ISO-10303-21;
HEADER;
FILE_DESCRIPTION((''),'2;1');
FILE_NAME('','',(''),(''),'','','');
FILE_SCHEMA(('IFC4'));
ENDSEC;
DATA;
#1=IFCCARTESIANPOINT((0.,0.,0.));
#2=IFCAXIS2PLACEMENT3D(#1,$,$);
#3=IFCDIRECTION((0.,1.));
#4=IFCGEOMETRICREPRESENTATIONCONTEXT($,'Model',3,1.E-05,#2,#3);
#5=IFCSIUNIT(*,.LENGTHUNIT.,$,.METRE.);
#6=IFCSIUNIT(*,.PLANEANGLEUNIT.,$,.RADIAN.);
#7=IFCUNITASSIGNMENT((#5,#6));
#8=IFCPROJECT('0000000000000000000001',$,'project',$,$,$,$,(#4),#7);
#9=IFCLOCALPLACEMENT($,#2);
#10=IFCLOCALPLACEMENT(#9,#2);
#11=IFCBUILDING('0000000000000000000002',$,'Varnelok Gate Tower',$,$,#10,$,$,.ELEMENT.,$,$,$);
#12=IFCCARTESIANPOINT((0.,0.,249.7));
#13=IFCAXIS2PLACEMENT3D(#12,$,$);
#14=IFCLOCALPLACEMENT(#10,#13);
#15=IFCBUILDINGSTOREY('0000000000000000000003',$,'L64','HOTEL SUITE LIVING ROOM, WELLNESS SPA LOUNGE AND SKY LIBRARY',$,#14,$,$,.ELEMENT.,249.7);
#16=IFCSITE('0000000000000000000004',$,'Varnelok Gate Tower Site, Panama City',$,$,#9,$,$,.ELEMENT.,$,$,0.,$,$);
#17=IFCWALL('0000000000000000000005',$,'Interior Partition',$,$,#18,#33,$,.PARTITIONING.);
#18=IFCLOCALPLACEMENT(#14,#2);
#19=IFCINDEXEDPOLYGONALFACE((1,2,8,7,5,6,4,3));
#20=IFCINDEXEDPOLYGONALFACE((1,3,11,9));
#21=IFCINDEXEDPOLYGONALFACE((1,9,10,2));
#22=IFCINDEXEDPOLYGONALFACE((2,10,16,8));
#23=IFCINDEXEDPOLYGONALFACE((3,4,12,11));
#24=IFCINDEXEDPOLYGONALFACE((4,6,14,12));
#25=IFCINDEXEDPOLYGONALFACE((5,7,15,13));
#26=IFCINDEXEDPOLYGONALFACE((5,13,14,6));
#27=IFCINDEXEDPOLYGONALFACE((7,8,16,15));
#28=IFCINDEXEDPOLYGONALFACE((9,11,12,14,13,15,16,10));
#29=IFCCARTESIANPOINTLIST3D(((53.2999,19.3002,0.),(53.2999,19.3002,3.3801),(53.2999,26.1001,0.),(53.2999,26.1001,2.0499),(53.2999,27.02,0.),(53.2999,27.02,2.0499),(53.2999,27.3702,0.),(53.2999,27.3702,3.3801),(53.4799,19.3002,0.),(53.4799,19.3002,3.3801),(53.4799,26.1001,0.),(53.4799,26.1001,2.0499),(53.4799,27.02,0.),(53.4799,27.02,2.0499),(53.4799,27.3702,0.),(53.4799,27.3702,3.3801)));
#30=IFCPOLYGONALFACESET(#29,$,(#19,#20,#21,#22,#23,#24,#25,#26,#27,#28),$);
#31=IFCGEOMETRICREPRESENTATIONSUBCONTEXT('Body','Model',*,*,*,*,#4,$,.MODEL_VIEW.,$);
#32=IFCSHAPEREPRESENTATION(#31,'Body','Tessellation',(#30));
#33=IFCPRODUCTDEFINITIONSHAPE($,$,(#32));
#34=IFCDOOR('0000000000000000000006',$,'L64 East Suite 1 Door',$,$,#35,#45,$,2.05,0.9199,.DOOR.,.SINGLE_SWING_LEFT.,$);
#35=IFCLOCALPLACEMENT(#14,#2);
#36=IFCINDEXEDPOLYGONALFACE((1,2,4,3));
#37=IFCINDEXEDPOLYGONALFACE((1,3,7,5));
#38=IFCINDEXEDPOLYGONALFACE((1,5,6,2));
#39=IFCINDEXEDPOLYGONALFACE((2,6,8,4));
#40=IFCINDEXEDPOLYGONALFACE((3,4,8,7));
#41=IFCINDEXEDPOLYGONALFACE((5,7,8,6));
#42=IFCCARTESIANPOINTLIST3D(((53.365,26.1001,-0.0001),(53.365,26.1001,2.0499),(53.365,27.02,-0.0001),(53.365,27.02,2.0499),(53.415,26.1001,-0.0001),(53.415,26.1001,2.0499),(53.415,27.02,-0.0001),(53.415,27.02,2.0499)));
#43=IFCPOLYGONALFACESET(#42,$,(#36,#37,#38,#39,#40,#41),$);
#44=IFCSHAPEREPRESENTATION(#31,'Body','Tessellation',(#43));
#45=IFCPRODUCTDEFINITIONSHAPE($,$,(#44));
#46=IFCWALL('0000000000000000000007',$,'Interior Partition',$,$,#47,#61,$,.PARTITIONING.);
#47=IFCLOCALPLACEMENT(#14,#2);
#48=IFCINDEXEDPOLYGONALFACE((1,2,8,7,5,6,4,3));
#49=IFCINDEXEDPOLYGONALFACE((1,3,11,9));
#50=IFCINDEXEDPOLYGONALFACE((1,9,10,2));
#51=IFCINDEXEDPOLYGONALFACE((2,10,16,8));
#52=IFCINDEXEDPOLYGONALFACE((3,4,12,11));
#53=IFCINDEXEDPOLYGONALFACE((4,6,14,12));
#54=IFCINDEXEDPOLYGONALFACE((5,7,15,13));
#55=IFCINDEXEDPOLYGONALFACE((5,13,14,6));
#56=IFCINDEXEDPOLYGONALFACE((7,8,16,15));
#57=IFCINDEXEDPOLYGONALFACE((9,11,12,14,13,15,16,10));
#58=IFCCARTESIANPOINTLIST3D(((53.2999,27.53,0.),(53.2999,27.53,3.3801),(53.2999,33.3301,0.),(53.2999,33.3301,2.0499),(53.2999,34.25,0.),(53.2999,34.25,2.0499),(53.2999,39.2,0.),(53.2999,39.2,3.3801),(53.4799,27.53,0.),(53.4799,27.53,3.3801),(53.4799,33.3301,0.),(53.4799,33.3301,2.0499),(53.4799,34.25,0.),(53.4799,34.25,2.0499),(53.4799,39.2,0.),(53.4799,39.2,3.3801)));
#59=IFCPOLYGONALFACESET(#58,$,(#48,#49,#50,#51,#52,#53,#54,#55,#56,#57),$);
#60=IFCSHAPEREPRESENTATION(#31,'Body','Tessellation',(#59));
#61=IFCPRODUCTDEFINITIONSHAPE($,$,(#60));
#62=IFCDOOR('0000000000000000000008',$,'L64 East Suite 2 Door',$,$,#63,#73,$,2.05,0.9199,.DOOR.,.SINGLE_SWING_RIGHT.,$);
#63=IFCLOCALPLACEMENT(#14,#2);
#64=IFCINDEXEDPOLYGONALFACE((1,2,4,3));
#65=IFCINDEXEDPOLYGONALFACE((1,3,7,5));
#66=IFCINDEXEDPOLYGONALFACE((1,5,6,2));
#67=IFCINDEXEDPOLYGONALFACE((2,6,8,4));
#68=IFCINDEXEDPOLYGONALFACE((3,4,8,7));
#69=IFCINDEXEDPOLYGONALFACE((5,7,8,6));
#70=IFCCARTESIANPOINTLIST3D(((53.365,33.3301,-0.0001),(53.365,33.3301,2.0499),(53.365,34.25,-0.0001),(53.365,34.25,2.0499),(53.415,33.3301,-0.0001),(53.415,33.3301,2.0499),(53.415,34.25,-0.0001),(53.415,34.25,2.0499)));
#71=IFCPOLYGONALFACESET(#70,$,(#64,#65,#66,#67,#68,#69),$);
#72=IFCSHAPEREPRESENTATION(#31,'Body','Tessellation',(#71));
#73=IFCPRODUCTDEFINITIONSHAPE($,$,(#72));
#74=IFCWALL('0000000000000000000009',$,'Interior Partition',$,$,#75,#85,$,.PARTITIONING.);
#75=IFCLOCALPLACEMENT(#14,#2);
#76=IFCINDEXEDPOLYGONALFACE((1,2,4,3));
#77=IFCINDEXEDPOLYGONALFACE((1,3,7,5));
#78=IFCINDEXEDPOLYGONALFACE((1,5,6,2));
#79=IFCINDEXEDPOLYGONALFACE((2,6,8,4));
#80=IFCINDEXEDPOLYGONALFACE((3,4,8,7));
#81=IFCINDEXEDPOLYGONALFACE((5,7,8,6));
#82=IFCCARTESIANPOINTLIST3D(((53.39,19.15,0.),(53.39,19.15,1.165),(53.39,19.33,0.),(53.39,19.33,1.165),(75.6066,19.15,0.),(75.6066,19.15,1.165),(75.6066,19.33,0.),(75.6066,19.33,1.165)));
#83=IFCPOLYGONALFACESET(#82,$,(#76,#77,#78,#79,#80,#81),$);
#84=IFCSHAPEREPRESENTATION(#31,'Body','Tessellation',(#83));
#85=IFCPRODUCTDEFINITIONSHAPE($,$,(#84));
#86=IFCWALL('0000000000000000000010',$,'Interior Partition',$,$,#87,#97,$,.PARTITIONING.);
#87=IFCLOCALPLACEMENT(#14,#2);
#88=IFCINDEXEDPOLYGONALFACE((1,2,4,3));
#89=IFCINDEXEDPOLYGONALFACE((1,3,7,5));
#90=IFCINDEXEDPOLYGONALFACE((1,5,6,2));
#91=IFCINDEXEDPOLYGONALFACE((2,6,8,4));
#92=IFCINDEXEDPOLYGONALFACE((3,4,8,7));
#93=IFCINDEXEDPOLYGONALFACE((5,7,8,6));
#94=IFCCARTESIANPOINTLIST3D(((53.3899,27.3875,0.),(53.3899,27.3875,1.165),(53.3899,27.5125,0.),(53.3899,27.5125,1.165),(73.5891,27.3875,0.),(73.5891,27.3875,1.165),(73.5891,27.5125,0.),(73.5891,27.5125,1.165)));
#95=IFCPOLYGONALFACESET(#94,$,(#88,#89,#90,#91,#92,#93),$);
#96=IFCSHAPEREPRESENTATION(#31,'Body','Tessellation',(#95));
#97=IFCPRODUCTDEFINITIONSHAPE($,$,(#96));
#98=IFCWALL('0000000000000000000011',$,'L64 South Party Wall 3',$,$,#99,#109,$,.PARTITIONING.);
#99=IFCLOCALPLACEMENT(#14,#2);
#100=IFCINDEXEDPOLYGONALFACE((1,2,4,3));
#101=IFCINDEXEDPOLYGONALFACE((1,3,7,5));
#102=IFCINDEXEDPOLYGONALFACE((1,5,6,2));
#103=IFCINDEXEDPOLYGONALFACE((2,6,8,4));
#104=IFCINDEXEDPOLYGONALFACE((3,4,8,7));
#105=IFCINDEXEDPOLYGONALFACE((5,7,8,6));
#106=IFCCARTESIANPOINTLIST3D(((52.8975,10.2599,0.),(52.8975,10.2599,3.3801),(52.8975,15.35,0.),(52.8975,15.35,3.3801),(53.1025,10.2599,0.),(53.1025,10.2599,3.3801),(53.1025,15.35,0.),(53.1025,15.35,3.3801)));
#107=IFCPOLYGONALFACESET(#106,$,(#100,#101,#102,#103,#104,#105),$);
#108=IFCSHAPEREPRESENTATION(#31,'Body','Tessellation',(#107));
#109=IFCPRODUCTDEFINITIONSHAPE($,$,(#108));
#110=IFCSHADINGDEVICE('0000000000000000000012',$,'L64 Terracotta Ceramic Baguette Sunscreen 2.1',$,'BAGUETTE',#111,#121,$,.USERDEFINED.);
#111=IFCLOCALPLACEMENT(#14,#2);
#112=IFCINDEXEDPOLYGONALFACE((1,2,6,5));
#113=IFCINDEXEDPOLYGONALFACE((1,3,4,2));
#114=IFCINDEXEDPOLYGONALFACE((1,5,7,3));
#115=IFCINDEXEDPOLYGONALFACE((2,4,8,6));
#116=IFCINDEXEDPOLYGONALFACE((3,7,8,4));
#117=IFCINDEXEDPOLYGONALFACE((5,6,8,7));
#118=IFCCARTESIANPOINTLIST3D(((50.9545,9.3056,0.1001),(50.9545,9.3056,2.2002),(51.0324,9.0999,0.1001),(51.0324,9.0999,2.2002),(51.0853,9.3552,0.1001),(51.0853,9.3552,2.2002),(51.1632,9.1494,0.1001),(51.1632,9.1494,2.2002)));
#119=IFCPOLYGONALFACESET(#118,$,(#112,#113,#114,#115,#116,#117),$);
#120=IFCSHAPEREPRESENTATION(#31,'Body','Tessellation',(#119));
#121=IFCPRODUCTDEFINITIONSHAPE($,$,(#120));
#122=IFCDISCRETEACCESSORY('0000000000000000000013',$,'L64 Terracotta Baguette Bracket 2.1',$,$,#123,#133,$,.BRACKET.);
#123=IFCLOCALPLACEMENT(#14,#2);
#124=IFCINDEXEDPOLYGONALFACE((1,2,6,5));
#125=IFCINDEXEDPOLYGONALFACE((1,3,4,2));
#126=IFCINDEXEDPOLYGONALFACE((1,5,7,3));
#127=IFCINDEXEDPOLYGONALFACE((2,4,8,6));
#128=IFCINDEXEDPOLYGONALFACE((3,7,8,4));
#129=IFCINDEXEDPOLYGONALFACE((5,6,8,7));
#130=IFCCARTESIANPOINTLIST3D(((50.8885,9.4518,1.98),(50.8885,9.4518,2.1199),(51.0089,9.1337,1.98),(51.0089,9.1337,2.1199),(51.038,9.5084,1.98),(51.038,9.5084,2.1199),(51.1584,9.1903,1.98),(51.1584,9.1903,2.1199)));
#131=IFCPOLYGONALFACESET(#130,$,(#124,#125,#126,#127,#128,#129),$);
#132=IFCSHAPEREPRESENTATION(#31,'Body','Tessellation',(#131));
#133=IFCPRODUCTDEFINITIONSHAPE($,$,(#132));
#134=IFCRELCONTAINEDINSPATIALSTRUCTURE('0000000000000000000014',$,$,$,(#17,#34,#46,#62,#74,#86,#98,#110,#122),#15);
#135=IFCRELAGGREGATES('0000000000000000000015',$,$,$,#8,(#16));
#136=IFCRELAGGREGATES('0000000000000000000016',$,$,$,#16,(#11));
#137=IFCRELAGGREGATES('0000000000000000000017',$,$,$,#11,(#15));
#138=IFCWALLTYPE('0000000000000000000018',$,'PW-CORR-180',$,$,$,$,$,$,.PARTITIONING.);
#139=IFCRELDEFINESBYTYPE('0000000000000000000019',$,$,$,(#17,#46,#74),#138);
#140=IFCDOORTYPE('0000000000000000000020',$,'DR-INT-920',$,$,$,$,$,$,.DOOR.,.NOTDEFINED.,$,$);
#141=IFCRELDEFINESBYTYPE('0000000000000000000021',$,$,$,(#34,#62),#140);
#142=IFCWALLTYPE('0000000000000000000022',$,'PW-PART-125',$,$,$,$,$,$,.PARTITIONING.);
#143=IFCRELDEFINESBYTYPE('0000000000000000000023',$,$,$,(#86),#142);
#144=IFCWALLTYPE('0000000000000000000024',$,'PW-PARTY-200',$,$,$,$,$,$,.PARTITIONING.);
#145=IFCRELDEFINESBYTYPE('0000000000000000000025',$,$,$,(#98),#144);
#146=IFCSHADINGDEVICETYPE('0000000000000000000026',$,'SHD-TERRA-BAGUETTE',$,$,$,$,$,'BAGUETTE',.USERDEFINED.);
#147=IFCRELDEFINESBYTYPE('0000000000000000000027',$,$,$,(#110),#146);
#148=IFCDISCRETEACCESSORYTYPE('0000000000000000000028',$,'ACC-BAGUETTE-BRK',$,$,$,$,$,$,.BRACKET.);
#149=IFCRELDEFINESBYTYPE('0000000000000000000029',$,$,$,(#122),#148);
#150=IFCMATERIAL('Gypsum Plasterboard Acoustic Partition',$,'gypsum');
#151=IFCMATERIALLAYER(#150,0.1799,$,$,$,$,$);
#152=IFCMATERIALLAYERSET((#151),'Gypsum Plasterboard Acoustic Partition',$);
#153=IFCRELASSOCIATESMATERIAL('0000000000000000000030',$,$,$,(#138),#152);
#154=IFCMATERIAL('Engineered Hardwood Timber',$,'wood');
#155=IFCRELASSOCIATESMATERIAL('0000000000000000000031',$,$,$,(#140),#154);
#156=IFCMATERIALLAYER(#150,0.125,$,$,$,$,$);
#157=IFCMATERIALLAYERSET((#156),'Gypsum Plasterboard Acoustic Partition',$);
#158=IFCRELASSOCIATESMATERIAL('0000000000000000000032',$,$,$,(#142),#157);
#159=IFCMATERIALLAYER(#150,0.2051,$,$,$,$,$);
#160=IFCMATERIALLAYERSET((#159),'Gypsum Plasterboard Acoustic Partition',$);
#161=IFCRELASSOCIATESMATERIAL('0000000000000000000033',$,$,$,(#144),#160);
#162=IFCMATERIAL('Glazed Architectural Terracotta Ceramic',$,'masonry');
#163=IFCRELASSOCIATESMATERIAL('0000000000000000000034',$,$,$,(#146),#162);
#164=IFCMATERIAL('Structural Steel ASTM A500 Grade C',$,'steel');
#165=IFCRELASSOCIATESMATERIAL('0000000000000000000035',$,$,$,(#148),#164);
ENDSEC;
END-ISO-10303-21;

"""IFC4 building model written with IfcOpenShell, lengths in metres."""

from ifc_helpers import new_model, si_unit, direction, frame, frame_2d, origin, origin_2d, place, context, subcontext, project, spatial, rectangle, extrude, source, transform, mapped, material, layer, layer_set, type_object, element, fill, save


model = new_model("IFC4")

# Units and contexts
model_context = context("Model", 3, precision=1e-05, world=origin(), true_north=direction((0.0, 1.0)))
body_context = subcontext(model_context, "Body", "Model", "MODEL_VIEW")
ifc_project = project(units=[si_unit("LENGTHUNIT", "METRE"), si_unit("PLANEANGLEUNIT", "RADIAN")], contexts=[model_context])

# Site, building, storey
site_placement = place(None, origin())
site = spatial("IfcSite", under=ifc_project, at=site_placement, Name="Varnelok Gate Tower Site, Panama City", CompositionType="ELEMENT", RefElevation=0.0)
building_placement = place(site_placement, origin())
building = spatial("IfcBuilding", under=site, at=building_placement, Name="Varnelok Gate Tower", CompositionType="ELEMENT")
storey_placement = place(building_placement, frame((0.0, 0.0, 249.7)))
storey = spatial("IfcBuildingStorey", under=building, at=storey_placement, Name="L64", Description="HOTEL SUITE LIVING ROOM, WELLNESS SPA LOUNGE AND SKY LIBRARY", CompositionType="ELEMENT", Elevation=249.7)

# Walls, openings, doors
ifc_material_1 = material(Name="Gypsum Plasterboard Acoustic Partition", Category="gypsum")
ifc_layer_1 = layer(ifc_material_1, 0.1799)
ifc_layer_set_1 = layer_set([ifc_layer_1], Name="Gypsum Plasterboard Acoustic Partition")
wall_type_1 = type_object("IfcWallType", Name="PW-CORR-180", PredefinedType="PARTITIONING", material=ifc_layer_set_1)
ifc_material_2 = material(Name="Engineered Hardwood Timber", Category="wood")
wall_1_placement = place(storey_placement, frame((53.3899, 19.3, 0.0), z_axis=(0.0, 0.0, 1.0), x_axis=(0.0, 1.0, 0.0)))
wall_1 = element("IfcWall", 1, at=wall_1_placement, inside=storey, type_object=wall_type_1, Name="Interior Partition", PredefinedType="PARTITIONING", context=body_context, shape_type="SweptSolid", body=[
    extrude(rectangle(XDim=8.0701, YDim=0.1799, at=frame_2d((4.0352, 0.0))), origin(), (0.0, 0.0, 1.0), 3.3801),
])
opening_1_placement = place(wall_1_placement, frame((6.8, 0.0, 0.0)))
opening_1 = element("IfcOpeningElement", 2, at=opening_1_placement, cuts=wall_1, PredefinedType="OPENING", context=body_context, shape_type="SweptSolid", body=[
    extrude(rectangle(XDim=0.9199, YDim=2.05, at=frame_2d((0.46, 1.0249))), frame((0.0, 0.0999, 0.0), z_axis=(0.0, -1.0, 0.0), x_axis=(1.0, 0.0, 0.0)), (0.0, 0.0, 1.0), 0.2),
])
door_type_1 = type_object("IfcDoorType", Name="DR-INT-920", OperationType="NOTDEFINED", PredefinedType="DOOR", material=ifc_material_2)
door_1_placement = place(opening_1_placement, origin())
door_1 = element("IfcDoor", 3, at=door_1_placement, inside=storey, type_object=door_type_1, Name="L64 East Suite 1 Door", OperationType="SINGLE_SWING_LEFT", OverallHeight=2.05, OverallWidth=0.9199, PredefinedType="DOOR", context=body_context, shape_type="SweptSolid", body=[
    extrude(rectangle(XDim=0.9199, YDim=2.05, at=frame_2d((0.46, 1.0249))), frame((0.0, 0.0249, 0.0), z_axis=(0.0, -1.0, 0.0), x_axis=(1.0, 0.0, 0.0)), (0.0, 0.0, 1.0), 0.05),
])
fill(opening_1, door_1)
wall_2_placement = place(storey_placement, frame((53.3899, 27.53, 0.0), z_axis=(0.0, 0.0, 1.0), x_axis=(0.0, 1.0, 0.0)))
wall_2 = element("IfcWall", 4, at=wall_2_placement, inside=storey, type_object=wall_type_1, Name="Interior Partition", PredefinedType="PARTITIONING", context=body_context, shape_type="SweptSolid", body=[
    extrude(rectangle(XDim=11.6699, YDim=0.1799, at=frame_2d((5.835, 0.0))), origin(), (0.0, 0.0, 1.0), 3.3801),
])
opening_2_placement = place(wall_2_placement, frame((5.8, 0.0, 0.0)))
opening_2 = element("IfcOpeningElement", 5, at=opening_2_placement, cuts=wall_2, PredefinedType="OPENING", context=body_context, shape_type="SweptSolid", body=[
    extrude(rectangle(XDim=0.9199, YDim=2.05, at=frame_2d((0.46, 1.0249))), frame((0.0, 0.0999, 0.0), z_axis=(0.0, -1.0, 0.0), x_axis=(1.0, 0.0, 0.0)), (0.0, 0.0, 1.0), 0.2),
])
door_2_placement = place(opening_2_placement, origin())
door_2 = element("IfcDoor", 6, at=door_2_placement, inside=storey, type_object=door_type_1, Name="L64 East Suite 2 Door", OperationType="SINGLE_SWING_RIGHT", OverallHeight=2.05, OverallWidth=0.9199, PredefinedType="DOOR", context=body_context, shape_type="SweptSolid", body=[
    extrude(rectangle(XDim=0.9199, YDim=2.05, at=frame_2d((0.46, 1.0249))), frame((0.0, 0.0249, 0.0), z_axis=(0.0, -1.0, 0.0), x_axis=(1.0, 0.0, 0.0)), (0.0, 0.0, 1.0), 0.05),
])
fill(opening_2, door_2)

# Walls
wall_3_placement = place(storey_placement, frame((53.3899, 19.24, 0.0), z_axis=(0.0, 0.0, 1.0), x_axis=(1.0, 0.0, 0.0)))
element("IfcWall", 7, at=wall_3_placement, inside=storey, type_object=wall_type_1, Name="Interior Partition", PredefinedType="PARTITIONING", context=body_context, shape_type="SweptSolid", body=[
    extrude(rectangle(XDim=22.2166, YDim=0.1799, at=frame_2d((11.1084, 0.0))), origin(), (0.0, 0.0, 1.0), 1.165),
])
ifc_layer_2 = layer(ifc_material_1, 0.125)
ifc_layer_set_2 = layer_set([ifc_layer_2], Name="Gypsum Plasterboard Acoustic Partition")
wall_type_2 = type_object("IfcWallType", Name="PW-PART-125", PredefinedType="PARTITIONING", material=ifc_layer_set_2)
wall_4_placement = place(storey_placement, frame((53.3899, 27.45, 0.0), z_axis=(0.0, 0.0, 1.0), x_axis=(1.0, 0.0, 0.0)))
element("IfcWall", 8, at=wall_4_placement, inside=storey, type_object=wall_type_2, Name="Interior Partition", PredefinedType="PARTITIONING", context=body_context, shape_type="SweptSolid", body=[
    extrude(rectangle(XDim=20.1992, YDim=0.125, at=frame_2d((10.0996, 0.0))), origin(), (0.0, 0.0, 1.0), 1.165),
])
ifc_layer_3 = layer(ifc_material_1, 0.2051)
ifc_layer_set_3 = layer_set([ifc_layer_3], Name="Gypsum Plasterboard Acoustic Partition")
wall_type_3 = type_object("IfcWallType", Name="PW-PARTY-200", PredefinedType="PARTITIONING", material=ifc_layer_set_3)
wall_5_placement = place(storey_placement, frame((53.0, 10.26, 0.0), z_axis=(0.0, 0.0, 1.0), x_axis=(0.0, 1.0, 0.0)))
element("IfcWall", 9, at=wall_5_placement, inside=storey, type_object=wall_type_3, Name="L64 South Party Wall 3", PredefinedType="PARTITIONING", context=body_context, shape_type="SweptSolid", body=[
    extrude(rectangle(XDim=5.0901, YDim=0.2051, at=frame_2d((2.5449, 0.0))), origin(), (0.0, 0.0, 1.0), 3.3801),
])

# Shading device
ifc_material_3 = material(Name="Glazed Architectural Terracotta Ceramic", Category="masonry")
shading_device_type = type_object("IfcShadingDeviceType", Name="SHD-TERRA-BAGUETTE", ElementType="BAGUETTE", PredefinedType="USERDEFINED", material=ifc_material_3)
shared_shape_1 = source(origin(), body_context, "Body", "SweptSolid", [
    extrude(rectangle(XDim=0.1399, YDim=0.22, at=origin_2d()), origin(), (0.0, 0.0, 1.0), 2.1001),
])
shading_device_placement = place(storey_placement, frame((51.0588, 9.2275, 0.1001), z_axis=(0.0, 0.0, 1.0), x_axis=(0.935222, 0.354063, 0.0)))
element("IfcShadingDevice", 10, at=shading_device_placement, inside=storey, type_object=shading_device_type, Name="L64 Terracotta Ceramic Baguette Sunscreen 2.1", ObjectType="BAGUETTE", PredefinedType="USERDEFINED", context=body_context, shape_type="MappedRepresentation", body=[
    mapped(shared_shape_1, transform((0.0, 0.0, 0.0), scale=1.0)),
])

# Discrete accessory
ifc_material_4 = material(Name="Structural Steel ASTM A500 Grade C", Category="steel")
discrete_accessory_type = type_object("IfcDiscreteAccessoryType", Name="ACC-BAGUETTE-BRK", PredefinedType="BRACKET", material=ifc_material_4)
shared_shape_2 = source(origin(), body_context, "Body", "SweptSolid", [
    extrude(rectangle(XDim=0.1599, YDim=0.3401, at=origin_2d()), origin(), (0.0, 0.0, 1.0), 0.1399),
])
discrete_accessory_placement = place(storey_placement, frame((51.0234, 9.321, 1.98), z_axis=(0.0, 0.0, 1.0), x_axis=(0.935222, 0.354063, 0.0)))
element("IfcDiscreteAccessory", 11, at=discrete_accessory_placement, inside=storey, type_object=discrete_accessory_type, Name="L64 Terracotta Baguette Bracket 2.1", PredefinedType="BRACKET", context=body_context, shape_type="MappedRepresentation", body=[
    mapped(shared_shape_2, transform((0.0, 0.0, 0.0), scale=1.0)),
])

save(model, "model.ifc")
